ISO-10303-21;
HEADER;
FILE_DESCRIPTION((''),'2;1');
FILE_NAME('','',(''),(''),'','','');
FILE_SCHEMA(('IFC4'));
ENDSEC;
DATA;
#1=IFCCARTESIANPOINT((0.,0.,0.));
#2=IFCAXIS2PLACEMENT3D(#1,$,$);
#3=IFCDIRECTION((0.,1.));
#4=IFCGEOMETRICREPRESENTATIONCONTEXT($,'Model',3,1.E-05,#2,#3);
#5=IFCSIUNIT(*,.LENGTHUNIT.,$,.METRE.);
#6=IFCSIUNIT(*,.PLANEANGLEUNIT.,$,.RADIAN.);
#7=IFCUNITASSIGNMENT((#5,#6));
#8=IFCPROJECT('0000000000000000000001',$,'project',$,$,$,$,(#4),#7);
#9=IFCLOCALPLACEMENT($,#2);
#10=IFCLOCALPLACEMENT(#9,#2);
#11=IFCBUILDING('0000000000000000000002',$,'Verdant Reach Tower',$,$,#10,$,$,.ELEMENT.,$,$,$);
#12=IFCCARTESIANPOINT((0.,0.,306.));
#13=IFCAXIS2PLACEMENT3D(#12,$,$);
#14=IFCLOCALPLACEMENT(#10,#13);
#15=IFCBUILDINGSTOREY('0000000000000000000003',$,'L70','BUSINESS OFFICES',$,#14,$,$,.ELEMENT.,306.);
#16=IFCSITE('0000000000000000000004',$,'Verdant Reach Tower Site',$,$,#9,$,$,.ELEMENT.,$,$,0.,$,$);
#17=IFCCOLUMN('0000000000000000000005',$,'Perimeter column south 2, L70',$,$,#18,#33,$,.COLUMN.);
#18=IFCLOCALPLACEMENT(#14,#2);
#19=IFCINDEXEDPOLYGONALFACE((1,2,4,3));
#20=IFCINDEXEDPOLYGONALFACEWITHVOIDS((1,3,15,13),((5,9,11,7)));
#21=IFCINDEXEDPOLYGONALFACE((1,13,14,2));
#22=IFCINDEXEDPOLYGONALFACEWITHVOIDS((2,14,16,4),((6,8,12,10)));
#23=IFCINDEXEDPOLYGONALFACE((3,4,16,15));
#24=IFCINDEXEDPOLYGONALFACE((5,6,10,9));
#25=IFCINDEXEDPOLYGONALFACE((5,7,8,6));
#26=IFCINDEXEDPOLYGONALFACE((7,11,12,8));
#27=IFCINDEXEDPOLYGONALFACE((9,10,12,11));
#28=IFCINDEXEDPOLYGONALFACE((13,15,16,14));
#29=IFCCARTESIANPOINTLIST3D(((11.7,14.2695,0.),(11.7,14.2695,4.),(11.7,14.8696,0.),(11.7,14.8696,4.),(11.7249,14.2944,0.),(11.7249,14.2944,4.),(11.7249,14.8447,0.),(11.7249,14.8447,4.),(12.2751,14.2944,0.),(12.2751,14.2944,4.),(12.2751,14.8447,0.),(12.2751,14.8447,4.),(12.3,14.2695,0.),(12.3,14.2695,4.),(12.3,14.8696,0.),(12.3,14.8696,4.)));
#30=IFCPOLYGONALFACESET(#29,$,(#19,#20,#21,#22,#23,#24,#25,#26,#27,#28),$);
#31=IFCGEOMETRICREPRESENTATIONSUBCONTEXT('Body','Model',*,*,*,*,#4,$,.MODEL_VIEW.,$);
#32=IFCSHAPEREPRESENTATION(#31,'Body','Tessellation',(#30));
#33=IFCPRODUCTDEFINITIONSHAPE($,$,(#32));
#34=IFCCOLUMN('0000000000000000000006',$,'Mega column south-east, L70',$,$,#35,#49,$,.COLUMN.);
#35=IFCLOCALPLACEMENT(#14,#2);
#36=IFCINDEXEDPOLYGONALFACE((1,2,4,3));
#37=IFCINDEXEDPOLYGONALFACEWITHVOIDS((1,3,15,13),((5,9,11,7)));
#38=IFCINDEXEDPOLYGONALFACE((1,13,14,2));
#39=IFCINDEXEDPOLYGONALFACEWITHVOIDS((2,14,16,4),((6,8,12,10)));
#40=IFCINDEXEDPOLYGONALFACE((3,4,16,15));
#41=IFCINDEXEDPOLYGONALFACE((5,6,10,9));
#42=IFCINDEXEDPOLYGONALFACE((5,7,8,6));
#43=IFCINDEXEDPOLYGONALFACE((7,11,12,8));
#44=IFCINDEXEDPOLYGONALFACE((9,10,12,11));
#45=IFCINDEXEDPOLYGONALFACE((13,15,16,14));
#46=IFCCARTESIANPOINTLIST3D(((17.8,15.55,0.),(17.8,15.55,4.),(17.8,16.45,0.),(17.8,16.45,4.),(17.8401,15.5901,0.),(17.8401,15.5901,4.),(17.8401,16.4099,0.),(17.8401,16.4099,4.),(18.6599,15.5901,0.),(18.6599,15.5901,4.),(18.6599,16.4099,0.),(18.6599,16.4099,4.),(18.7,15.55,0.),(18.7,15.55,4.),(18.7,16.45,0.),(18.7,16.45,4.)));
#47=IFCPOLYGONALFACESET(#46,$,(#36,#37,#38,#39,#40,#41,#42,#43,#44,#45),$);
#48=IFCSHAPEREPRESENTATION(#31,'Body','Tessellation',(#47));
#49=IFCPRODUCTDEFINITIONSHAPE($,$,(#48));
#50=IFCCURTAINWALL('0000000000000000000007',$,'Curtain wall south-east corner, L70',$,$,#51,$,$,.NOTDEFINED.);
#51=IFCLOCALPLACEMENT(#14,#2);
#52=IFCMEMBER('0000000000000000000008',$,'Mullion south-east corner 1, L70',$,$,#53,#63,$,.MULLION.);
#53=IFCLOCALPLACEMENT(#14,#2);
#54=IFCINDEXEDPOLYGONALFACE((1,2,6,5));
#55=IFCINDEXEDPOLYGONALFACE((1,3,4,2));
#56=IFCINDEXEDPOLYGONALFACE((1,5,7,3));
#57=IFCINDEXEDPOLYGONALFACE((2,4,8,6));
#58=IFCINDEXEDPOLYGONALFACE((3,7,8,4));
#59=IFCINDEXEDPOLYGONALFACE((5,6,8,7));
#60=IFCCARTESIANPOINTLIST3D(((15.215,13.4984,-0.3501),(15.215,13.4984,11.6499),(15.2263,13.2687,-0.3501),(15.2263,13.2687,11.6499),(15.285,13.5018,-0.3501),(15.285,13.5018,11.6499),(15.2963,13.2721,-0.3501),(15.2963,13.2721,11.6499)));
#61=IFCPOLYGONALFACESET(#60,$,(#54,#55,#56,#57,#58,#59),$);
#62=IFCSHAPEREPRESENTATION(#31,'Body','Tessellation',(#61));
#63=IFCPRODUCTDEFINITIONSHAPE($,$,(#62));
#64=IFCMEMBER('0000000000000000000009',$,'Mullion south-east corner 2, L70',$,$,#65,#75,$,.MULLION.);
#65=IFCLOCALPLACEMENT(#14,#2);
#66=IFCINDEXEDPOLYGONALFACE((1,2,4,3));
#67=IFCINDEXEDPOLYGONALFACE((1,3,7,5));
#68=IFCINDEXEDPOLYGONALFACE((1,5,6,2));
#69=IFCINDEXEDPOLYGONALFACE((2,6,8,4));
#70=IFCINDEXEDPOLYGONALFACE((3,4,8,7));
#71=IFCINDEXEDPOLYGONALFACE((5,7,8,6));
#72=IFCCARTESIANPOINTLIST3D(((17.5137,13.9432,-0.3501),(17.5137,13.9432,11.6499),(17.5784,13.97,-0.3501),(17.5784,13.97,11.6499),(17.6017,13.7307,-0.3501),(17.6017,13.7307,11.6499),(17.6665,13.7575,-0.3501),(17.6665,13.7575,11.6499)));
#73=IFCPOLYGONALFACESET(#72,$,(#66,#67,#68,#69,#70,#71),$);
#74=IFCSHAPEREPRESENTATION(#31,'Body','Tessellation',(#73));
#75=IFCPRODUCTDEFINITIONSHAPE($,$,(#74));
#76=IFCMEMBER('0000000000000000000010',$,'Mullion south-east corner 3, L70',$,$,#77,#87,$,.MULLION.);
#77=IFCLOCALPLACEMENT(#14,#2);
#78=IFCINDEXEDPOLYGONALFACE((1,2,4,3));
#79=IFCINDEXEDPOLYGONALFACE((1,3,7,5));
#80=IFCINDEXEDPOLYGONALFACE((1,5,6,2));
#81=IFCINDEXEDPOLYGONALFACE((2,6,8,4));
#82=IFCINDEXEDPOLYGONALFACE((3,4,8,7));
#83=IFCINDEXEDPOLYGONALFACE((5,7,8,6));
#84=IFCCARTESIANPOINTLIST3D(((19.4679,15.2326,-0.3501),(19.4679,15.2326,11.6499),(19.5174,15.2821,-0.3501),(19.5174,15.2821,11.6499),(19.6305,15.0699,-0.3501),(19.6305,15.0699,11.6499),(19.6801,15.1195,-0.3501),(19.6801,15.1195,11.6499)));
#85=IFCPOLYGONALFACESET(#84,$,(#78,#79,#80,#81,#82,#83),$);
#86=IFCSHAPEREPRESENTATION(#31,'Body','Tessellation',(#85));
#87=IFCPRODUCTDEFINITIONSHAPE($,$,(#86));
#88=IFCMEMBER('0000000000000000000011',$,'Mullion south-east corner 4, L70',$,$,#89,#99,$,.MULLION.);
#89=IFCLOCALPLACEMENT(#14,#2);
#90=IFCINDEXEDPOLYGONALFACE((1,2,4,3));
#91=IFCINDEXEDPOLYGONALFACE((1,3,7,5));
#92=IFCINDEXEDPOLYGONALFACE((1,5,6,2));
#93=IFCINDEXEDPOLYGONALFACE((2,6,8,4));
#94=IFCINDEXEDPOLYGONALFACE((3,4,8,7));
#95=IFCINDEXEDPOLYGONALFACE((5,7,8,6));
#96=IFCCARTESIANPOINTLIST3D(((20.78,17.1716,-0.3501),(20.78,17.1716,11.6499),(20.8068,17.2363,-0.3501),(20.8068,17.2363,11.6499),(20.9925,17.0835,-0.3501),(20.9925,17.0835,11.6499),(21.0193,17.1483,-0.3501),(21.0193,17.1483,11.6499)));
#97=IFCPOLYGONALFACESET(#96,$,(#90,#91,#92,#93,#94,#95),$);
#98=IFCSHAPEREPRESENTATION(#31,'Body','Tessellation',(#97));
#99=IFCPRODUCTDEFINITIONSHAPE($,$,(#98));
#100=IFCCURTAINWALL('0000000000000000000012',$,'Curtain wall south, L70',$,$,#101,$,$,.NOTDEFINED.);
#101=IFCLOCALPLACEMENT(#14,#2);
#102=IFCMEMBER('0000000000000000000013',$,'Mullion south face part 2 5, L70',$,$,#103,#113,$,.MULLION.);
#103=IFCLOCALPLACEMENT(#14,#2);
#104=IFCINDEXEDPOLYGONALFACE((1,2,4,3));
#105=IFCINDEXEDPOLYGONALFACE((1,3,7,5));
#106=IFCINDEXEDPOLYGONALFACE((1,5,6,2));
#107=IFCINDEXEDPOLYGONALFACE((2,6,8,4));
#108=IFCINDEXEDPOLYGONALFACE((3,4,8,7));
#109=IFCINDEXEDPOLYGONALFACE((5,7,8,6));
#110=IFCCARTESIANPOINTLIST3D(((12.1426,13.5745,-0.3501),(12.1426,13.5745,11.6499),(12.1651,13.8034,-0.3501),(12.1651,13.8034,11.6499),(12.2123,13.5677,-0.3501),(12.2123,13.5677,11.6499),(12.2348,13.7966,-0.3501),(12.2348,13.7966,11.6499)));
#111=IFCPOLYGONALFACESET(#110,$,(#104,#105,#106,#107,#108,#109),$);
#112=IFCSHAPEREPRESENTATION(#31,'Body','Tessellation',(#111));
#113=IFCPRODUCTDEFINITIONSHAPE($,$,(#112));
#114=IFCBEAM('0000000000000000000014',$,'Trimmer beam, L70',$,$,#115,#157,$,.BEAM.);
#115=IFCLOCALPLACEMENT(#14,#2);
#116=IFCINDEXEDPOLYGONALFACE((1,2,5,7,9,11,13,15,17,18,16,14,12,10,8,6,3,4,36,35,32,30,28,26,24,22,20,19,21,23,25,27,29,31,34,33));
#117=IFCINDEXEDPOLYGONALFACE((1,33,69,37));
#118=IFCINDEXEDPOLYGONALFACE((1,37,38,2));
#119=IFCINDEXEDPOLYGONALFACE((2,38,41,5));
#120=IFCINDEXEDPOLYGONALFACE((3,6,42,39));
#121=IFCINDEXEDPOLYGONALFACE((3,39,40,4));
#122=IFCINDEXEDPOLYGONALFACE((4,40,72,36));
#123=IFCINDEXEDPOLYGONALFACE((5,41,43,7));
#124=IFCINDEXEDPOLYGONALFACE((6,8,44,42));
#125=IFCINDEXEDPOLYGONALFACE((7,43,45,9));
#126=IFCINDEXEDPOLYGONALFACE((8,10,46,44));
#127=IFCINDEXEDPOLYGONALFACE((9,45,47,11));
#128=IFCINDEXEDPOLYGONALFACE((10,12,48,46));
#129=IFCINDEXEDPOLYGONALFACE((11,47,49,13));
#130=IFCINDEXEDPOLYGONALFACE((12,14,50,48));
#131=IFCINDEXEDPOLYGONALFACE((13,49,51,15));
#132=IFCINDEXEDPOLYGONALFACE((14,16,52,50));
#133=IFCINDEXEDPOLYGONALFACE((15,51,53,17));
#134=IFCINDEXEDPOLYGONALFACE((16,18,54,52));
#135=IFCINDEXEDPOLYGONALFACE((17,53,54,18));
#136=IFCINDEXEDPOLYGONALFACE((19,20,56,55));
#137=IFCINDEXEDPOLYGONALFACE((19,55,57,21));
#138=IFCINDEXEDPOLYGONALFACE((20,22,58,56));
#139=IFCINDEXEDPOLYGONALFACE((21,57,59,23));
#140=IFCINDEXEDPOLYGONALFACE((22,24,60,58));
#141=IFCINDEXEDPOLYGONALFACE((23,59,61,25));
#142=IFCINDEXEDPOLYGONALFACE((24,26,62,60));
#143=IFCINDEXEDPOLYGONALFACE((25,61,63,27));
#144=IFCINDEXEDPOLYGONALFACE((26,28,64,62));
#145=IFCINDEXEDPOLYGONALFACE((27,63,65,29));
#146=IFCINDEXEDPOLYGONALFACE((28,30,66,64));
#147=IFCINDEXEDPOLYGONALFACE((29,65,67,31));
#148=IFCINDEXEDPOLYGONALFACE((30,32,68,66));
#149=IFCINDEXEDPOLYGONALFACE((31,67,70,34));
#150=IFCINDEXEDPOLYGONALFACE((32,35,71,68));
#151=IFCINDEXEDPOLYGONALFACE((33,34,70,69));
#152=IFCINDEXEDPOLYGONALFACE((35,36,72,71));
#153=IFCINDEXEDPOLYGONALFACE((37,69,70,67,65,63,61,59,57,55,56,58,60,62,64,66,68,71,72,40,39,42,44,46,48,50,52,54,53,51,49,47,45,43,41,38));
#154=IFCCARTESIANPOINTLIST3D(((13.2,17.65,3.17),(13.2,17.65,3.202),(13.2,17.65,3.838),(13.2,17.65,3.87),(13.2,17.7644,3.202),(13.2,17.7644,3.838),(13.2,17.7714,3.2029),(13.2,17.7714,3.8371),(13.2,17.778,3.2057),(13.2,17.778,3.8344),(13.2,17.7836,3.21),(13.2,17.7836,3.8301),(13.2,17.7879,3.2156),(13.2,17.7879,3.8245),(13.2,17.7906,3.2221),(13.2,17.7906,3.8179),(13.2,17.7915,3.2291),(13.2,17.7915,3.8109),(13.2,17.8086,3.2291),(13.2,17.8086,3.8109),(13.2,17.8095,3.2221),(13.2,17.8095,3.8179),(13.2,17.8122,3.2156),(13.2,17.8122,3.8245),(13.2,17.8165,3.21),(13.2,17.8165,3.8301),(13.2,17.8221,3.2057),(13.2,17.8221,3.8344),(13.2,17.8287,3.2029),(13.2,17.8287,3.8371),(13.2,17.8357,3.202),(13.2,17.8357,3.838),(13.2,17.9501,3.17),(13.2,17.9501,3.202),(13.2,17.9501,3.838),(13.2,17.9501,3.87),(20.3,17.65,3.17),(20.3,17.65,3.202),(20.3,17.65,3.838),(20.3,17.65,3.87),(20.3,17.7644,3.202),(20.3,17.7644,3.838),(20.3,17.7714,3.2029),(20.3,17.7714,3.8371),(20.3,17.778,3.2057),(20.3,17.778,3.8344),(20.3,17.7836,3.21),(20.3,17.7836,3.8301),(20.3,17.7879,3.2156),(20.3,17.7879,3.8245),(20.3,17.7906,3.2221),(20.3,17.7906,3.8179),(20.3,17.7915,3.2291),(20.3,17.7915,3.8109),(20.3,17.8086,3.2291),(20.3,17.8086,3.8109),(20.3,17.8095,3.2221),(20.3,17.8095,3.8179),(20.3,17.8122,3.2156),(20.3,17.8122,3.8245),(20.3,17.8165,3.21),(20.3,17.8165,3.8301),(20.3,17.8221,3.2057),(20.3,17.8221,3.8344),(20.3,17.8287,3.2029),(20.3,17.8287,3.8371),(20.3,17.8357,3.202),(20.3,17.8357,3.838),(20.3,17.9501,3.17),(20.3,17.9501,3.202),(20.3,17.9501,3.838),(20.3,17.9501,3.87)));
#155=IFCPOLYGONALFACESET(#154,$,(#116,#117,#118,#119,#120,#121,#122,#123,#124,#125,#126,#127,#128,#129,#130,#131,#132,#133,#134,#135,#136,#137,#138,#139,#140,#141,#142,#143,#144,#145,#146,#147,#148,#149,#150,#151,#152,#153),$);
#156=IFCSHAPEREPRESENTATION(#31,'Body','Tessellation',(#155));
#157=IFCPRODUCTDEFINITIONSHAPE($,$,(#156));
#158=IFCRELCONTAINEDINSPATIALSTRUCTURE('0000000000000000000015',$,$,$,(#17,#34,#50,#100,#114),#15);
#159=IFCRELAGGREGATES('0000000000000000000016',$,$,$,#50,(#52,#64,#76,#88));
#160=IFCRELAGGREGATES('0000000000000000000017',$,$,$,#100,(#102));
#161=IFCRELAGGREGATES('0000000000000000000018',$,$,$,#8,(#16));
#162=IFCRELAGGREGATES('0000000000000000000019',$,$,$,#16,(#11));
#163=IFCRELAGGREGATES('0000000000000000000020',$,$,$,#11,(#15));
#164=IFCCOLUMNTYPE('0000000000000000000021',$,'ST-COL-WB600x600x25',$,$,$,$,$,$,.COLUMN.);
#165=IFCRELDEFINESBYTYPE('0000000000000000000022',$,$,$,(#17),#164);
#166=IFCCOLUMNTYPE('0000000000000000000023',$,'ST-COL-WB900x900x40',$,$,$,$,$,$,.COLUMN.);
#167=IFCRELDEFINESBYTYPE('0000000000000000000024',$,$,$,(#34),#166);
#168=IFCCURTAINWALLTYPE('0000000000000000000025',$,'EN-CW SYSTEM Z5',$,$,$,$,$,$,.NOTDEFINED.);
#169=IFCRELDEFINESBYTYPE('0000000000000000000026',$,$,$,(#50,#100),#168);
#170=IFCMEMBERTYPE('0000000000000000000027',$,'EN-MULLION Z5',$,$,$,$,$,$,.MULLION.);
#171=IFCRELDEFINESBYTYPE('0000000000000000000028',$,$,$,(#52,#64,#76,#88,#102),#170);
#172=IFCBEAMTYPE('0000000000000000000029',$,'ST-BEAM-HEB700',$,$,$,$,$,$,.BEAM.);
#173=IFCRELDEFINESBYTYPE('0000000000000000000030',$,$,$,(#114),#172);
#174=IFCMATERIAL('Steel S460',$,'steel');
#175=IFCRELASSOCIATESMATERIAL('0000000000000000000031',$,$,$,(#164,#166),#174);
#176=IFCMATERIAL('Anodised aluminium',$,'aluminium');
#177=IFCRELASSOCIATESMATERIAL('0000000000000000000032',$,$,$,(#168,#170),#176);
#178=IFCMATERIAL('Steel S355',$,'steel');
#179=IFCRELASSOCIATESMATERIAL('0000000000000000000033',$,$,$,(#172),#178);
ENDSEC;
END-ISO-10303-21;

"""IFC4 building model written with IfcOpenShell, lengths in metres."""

from ifc_helpers import new_model, si_unit, direction, frame, origin, origin_2d, place, context, subcontext, project, spatial, rectangle, hollow_rectangle, i_section, extrude, material, material_profile, profile_set, type_object, element, aggregate, save


model = new_model("IFC4")

# Units and contexts
model_context = context("Model", 3, precision=1e-05, world=origin(), true_north=direction((0.0, 1.0)))
body_context = subcontext(model_context, "Body", "Model", "MODEL_VIEW")
ifc_project = project(units=[si_unit("LENGTHUNIT", "METRE"), si_unit("PLANEANGLEUNIT", "RADIAN")], contexts=[model_context])

# Site, building, storey
site_placement = place(None, origin())
site = spatial("IfcSite", under=ifc_project, at=site_placement, Name="Verdant Reach Tower Site", CompositionType="ELEMENT", RefElevation=0.0)
building_placement = place(site_placement, origin())
building = spatial("IfcBuilding", under=site, at=building_placement, Name="Verdant Reach Tower", CompositionType="ELEMENT")
storey_placement = place(building_placement, frame((0.0, 0.0, 306.0)))
storey = spatial("IfcBuildingStorey", under=building, at=storey_placement, Name="L70", Description="BUSINESS OFFICES", CompositionType="ELEMENT", Elevation=306.0)

# Columns
ifc_material_1 = material(Name="Steel S460", Category="steel")
ifc_material_profile_1 = material_profile(ifc_material_1, hollow_rectangle(XDim=0.6001, YDim=0.6001, WallThickness=0.0249, at=origin_2d()), Name="WB 600x600x25")
ifc_profile_set_1 = profile_set([ifc_material_profile_1], Name="Steel S460")
column_type_1 = type_object("IfcColumnType", Name="ST-COL-WB600x600x25", PredefinedType="COLUMN", material=ifc_profile_set_1)
column_1_placement = place(storey_placement, frame((12.0, 14.5696, 0.0), z_axis=(0.0, 0.0, 1.0), x_axis=(1.0, 0.0, 0.0)))
element("IfcColumn", 1, at=column_1_placement, inside=storey, type_object=column_type_1, Name="Perimeter column south 2, L70", PredefinedType="COLUMN", context=body_context, shape_type="SweptSolid", body=[
    extrude(hollow_rectangle(XDim=0.6001, YDim=0.6001, WallThickness=0.0249, at=origin_2d()), origin(), (0.0, 0.0, 1.0), 4.0),
])
ifc_material_profile_2 = material_profile(ifc_material_1, hollow_rectangle(XDim=0.8999, YDim=0.8999, WallThickness=0.04, at=origin_2d()), Name="WB 900x900x40")
ifc_profile_set_2 = profile_set([ifc_material_profile_2], Name="Steel S460")
column_type_2 = type_object("IfcColumnType", Name="ST-COL-WB900x900x40", PredefinedType="COLUMN", material=ifc_profile_set_2)
column_2_placement = place(storey_placement, frame((18.25, 16.0, 0.0), z_axis=(0.0, 0.0, 1.0), x_axis=(1.0, 0.0, 0.0)))
element("IfcColumn", 2, at=column_2_placement, inside=storey, type_object=column_type_2, Name="Mega column south-east, L70", PredefinedType="COLUMN", context=body_context, shape_type="SweptSolid", body=[
    extrude(hollow_rectangle(XDim=0.8999, YDim=0.8999, WallThickness=0.04, at=origin_2d()), origin(), (0.0, 0.0, 1.0), 4.0),
])

# Curtain wall, members
ifc_material_2 = material(Name="Anodised aluminium", Category="aluminium")
curtain_wall_type = type_object("IfcCurtainWallType", Name="EN-CW SYSTEM Z5", PredefinedType="NOTDEFINED", material=ifc_material_2)
curtain_wall_1_placement = place(storey_placement, origin())
curtain_wall_1 = element("IfcCurtainWall", 3, at=curtain_wall_1_placement, inside=storey, type_object=curtain_wall_type, Name="Curtain wall south-east corner, L70", PredefinedType="NOTDEFINED")
ifc_material_profile_3 = material_profile(ifc_material_2, rectangle(XDim=0.23, YDim=0.0701, at=origin_2d()), Name="Mullion 70x230")
ifc_profile_set_3 = profile_set([ifc_material_profile_3], Name="Anodised aluminium")
member_type = type_object("IfcMemberType", Name="EN-MULLION Z5", PredefinedType="MULLION", material=ifc_profile_set_3)
member_1_placement = place(storey_placement, frame((15.2556, 13.3853, -0.3501), z_axis=(0.0, 0.0, 1.0), x_axis=(0.049128, -0.998793, 0.0)))
member_1 = element("IfcMember", 4, at=member_1_placement, type_object=member_type, Name="Mullion south-east corner 1, L70", PredefinedType="MULLION", context=body_context, shape_type="SweptSolid", body=[
    extrude(rectangle(XDim=0.23, YDim=0.0701, at=origin_2d()), origin(), (0.0, 0.0, 1.0), 12.0),
])
member_2_placement = place(storey_placement, frame((17.5901, 13.8503, -0.3501), z_axis=(0.0, 0.0, 1.0), x_axis=(0.382694, -0.923875, 0.0)))
member_2 = element("IfcMember", 5, at=member_2_placement, type_object=member_type, Name="Mullion south-east corner 2, L70", PredefinedType="MULLION", context=body_context, shape_type="SweptSolid", body=[
    extrude(rectangle(XDim=0.23, YDim=0.0701, at=origin_2d()), origin(), (0.0, 0.0, 1.0), 12.0),
])
member_3_placement = place(storey_placement, frame((19.574, 15.176, -0.3501), z_axis=(0.0, 0.0, 1.0), x_axis=(0.707107, -0.707107, 0.0)))
member_3 = element("IfcMember", 6, at=member_3_placement, type_object=member_type, Name="Mullion south-east corner 3, L70", PredefinedType="MULLION", context=body_context, shape_type="SweptSolid", body=[
    extrude(rectangle(XDim=0.23, YDim=0.0701, at=origin_2d()), origin(), (0.0, 0.0, 1.0), 12.0),
])
member_4_placement = place(storey_placement, frame((20.8997, 17.1599, -0.3501), z_axis=(0.0, 0.0, 1.0), x_axis=(0.923875, -0.382694, 0.0)))
member_4 = element("IfcMember", 7, at=member_4_placement, type_object=member_type, Name="Mullion south-east corner 4, L70", PredefinedType="MULLION", context=body_context, shape_type="SweptSolid", body=[
    extrude(rectangle(XDim=0.23, YDim=0.0701, at=origin_2d()), origin(), (0.0, 0.0, 1.0), 12.0),
])

# Curtain wall, member
curtain_wall_2_placement = place(storey_placement, origin())
curtain_wall_2 = element("IfcCurtainWall", 8, at=curtain_wall_2_placement, inside=storey, type_object=curtain_wall_type, Name="Curtain wall south, L70", PredefinedType="NOTDEFINED")
member_5_placement = place(storey_placement, frame((12.1887, 13.6855, -0.3501), z_axis=(0.0, 0.0, 1.0), x_axis=(-0.097888, -0.995197, 0.0)))
member_5 = element("IfcMember", 9, at=member_5_placement, type_object=member_type, Name="Mullion south face part 2 5, L70", PredefinedType="MULLION", context=body_context, shape_type="SweptSolid", body=[
    extrude(rectangle(XDim=0.23, YDim=0.0701, at=origin_2d()), origin(), (0.0, 0.0, 1.0), 12.0),
])

# Beam
ifc_material_3 = material(Name="Steel S355", Category="steel")
ifc_material_profile_4 = material_profile(ifc_material_3, i_section(OverallWidth=0.3, OverallDepth=0.7, WebThickness=0.0171, FlangeThickness=0.032, FilletRadius=0.0271, at=origin_2d()), Name="HEB 700")
ifc_profile_set_4 = profile_set([ifc_material_profile_4], Name="Steel S355")
beam_type_1 = type_object("IfcBeamType", Name="ST-BEAM-HEB700", PredefinedType="BEAM", material=ifc_profile_set_4)
beam_1_placement = place(storey_placement, frame((13.2, 17.8, 3.52), z_axis=(1.0, 0.0, 0.0), x_axis=(0.0, 1.0, 0.0)))
element("IfcBeam", 10, at=beam_1_placement, inside=storey, type_object=beam_type_1, Name="Trimmer beam, L70", PredefinedType="BEAM", context=body_context, shape_type="SweptSolid", body=[
    extrude(i_section(OverallWidth=0.3, OverallDepth=0.7, WebThickness=0.0171, FlangeThickness=0.032, FilletRadius=0.0271, at=origin_2d()), origin(), (0.0, 0.0, 1.0), 7.1001),
])

aggregate(curtain_wall_1, [member_1, member_2, member_3, member_4])
aggregate(curtain_wall_2, [member_5])

save(model, "model.ifc")
